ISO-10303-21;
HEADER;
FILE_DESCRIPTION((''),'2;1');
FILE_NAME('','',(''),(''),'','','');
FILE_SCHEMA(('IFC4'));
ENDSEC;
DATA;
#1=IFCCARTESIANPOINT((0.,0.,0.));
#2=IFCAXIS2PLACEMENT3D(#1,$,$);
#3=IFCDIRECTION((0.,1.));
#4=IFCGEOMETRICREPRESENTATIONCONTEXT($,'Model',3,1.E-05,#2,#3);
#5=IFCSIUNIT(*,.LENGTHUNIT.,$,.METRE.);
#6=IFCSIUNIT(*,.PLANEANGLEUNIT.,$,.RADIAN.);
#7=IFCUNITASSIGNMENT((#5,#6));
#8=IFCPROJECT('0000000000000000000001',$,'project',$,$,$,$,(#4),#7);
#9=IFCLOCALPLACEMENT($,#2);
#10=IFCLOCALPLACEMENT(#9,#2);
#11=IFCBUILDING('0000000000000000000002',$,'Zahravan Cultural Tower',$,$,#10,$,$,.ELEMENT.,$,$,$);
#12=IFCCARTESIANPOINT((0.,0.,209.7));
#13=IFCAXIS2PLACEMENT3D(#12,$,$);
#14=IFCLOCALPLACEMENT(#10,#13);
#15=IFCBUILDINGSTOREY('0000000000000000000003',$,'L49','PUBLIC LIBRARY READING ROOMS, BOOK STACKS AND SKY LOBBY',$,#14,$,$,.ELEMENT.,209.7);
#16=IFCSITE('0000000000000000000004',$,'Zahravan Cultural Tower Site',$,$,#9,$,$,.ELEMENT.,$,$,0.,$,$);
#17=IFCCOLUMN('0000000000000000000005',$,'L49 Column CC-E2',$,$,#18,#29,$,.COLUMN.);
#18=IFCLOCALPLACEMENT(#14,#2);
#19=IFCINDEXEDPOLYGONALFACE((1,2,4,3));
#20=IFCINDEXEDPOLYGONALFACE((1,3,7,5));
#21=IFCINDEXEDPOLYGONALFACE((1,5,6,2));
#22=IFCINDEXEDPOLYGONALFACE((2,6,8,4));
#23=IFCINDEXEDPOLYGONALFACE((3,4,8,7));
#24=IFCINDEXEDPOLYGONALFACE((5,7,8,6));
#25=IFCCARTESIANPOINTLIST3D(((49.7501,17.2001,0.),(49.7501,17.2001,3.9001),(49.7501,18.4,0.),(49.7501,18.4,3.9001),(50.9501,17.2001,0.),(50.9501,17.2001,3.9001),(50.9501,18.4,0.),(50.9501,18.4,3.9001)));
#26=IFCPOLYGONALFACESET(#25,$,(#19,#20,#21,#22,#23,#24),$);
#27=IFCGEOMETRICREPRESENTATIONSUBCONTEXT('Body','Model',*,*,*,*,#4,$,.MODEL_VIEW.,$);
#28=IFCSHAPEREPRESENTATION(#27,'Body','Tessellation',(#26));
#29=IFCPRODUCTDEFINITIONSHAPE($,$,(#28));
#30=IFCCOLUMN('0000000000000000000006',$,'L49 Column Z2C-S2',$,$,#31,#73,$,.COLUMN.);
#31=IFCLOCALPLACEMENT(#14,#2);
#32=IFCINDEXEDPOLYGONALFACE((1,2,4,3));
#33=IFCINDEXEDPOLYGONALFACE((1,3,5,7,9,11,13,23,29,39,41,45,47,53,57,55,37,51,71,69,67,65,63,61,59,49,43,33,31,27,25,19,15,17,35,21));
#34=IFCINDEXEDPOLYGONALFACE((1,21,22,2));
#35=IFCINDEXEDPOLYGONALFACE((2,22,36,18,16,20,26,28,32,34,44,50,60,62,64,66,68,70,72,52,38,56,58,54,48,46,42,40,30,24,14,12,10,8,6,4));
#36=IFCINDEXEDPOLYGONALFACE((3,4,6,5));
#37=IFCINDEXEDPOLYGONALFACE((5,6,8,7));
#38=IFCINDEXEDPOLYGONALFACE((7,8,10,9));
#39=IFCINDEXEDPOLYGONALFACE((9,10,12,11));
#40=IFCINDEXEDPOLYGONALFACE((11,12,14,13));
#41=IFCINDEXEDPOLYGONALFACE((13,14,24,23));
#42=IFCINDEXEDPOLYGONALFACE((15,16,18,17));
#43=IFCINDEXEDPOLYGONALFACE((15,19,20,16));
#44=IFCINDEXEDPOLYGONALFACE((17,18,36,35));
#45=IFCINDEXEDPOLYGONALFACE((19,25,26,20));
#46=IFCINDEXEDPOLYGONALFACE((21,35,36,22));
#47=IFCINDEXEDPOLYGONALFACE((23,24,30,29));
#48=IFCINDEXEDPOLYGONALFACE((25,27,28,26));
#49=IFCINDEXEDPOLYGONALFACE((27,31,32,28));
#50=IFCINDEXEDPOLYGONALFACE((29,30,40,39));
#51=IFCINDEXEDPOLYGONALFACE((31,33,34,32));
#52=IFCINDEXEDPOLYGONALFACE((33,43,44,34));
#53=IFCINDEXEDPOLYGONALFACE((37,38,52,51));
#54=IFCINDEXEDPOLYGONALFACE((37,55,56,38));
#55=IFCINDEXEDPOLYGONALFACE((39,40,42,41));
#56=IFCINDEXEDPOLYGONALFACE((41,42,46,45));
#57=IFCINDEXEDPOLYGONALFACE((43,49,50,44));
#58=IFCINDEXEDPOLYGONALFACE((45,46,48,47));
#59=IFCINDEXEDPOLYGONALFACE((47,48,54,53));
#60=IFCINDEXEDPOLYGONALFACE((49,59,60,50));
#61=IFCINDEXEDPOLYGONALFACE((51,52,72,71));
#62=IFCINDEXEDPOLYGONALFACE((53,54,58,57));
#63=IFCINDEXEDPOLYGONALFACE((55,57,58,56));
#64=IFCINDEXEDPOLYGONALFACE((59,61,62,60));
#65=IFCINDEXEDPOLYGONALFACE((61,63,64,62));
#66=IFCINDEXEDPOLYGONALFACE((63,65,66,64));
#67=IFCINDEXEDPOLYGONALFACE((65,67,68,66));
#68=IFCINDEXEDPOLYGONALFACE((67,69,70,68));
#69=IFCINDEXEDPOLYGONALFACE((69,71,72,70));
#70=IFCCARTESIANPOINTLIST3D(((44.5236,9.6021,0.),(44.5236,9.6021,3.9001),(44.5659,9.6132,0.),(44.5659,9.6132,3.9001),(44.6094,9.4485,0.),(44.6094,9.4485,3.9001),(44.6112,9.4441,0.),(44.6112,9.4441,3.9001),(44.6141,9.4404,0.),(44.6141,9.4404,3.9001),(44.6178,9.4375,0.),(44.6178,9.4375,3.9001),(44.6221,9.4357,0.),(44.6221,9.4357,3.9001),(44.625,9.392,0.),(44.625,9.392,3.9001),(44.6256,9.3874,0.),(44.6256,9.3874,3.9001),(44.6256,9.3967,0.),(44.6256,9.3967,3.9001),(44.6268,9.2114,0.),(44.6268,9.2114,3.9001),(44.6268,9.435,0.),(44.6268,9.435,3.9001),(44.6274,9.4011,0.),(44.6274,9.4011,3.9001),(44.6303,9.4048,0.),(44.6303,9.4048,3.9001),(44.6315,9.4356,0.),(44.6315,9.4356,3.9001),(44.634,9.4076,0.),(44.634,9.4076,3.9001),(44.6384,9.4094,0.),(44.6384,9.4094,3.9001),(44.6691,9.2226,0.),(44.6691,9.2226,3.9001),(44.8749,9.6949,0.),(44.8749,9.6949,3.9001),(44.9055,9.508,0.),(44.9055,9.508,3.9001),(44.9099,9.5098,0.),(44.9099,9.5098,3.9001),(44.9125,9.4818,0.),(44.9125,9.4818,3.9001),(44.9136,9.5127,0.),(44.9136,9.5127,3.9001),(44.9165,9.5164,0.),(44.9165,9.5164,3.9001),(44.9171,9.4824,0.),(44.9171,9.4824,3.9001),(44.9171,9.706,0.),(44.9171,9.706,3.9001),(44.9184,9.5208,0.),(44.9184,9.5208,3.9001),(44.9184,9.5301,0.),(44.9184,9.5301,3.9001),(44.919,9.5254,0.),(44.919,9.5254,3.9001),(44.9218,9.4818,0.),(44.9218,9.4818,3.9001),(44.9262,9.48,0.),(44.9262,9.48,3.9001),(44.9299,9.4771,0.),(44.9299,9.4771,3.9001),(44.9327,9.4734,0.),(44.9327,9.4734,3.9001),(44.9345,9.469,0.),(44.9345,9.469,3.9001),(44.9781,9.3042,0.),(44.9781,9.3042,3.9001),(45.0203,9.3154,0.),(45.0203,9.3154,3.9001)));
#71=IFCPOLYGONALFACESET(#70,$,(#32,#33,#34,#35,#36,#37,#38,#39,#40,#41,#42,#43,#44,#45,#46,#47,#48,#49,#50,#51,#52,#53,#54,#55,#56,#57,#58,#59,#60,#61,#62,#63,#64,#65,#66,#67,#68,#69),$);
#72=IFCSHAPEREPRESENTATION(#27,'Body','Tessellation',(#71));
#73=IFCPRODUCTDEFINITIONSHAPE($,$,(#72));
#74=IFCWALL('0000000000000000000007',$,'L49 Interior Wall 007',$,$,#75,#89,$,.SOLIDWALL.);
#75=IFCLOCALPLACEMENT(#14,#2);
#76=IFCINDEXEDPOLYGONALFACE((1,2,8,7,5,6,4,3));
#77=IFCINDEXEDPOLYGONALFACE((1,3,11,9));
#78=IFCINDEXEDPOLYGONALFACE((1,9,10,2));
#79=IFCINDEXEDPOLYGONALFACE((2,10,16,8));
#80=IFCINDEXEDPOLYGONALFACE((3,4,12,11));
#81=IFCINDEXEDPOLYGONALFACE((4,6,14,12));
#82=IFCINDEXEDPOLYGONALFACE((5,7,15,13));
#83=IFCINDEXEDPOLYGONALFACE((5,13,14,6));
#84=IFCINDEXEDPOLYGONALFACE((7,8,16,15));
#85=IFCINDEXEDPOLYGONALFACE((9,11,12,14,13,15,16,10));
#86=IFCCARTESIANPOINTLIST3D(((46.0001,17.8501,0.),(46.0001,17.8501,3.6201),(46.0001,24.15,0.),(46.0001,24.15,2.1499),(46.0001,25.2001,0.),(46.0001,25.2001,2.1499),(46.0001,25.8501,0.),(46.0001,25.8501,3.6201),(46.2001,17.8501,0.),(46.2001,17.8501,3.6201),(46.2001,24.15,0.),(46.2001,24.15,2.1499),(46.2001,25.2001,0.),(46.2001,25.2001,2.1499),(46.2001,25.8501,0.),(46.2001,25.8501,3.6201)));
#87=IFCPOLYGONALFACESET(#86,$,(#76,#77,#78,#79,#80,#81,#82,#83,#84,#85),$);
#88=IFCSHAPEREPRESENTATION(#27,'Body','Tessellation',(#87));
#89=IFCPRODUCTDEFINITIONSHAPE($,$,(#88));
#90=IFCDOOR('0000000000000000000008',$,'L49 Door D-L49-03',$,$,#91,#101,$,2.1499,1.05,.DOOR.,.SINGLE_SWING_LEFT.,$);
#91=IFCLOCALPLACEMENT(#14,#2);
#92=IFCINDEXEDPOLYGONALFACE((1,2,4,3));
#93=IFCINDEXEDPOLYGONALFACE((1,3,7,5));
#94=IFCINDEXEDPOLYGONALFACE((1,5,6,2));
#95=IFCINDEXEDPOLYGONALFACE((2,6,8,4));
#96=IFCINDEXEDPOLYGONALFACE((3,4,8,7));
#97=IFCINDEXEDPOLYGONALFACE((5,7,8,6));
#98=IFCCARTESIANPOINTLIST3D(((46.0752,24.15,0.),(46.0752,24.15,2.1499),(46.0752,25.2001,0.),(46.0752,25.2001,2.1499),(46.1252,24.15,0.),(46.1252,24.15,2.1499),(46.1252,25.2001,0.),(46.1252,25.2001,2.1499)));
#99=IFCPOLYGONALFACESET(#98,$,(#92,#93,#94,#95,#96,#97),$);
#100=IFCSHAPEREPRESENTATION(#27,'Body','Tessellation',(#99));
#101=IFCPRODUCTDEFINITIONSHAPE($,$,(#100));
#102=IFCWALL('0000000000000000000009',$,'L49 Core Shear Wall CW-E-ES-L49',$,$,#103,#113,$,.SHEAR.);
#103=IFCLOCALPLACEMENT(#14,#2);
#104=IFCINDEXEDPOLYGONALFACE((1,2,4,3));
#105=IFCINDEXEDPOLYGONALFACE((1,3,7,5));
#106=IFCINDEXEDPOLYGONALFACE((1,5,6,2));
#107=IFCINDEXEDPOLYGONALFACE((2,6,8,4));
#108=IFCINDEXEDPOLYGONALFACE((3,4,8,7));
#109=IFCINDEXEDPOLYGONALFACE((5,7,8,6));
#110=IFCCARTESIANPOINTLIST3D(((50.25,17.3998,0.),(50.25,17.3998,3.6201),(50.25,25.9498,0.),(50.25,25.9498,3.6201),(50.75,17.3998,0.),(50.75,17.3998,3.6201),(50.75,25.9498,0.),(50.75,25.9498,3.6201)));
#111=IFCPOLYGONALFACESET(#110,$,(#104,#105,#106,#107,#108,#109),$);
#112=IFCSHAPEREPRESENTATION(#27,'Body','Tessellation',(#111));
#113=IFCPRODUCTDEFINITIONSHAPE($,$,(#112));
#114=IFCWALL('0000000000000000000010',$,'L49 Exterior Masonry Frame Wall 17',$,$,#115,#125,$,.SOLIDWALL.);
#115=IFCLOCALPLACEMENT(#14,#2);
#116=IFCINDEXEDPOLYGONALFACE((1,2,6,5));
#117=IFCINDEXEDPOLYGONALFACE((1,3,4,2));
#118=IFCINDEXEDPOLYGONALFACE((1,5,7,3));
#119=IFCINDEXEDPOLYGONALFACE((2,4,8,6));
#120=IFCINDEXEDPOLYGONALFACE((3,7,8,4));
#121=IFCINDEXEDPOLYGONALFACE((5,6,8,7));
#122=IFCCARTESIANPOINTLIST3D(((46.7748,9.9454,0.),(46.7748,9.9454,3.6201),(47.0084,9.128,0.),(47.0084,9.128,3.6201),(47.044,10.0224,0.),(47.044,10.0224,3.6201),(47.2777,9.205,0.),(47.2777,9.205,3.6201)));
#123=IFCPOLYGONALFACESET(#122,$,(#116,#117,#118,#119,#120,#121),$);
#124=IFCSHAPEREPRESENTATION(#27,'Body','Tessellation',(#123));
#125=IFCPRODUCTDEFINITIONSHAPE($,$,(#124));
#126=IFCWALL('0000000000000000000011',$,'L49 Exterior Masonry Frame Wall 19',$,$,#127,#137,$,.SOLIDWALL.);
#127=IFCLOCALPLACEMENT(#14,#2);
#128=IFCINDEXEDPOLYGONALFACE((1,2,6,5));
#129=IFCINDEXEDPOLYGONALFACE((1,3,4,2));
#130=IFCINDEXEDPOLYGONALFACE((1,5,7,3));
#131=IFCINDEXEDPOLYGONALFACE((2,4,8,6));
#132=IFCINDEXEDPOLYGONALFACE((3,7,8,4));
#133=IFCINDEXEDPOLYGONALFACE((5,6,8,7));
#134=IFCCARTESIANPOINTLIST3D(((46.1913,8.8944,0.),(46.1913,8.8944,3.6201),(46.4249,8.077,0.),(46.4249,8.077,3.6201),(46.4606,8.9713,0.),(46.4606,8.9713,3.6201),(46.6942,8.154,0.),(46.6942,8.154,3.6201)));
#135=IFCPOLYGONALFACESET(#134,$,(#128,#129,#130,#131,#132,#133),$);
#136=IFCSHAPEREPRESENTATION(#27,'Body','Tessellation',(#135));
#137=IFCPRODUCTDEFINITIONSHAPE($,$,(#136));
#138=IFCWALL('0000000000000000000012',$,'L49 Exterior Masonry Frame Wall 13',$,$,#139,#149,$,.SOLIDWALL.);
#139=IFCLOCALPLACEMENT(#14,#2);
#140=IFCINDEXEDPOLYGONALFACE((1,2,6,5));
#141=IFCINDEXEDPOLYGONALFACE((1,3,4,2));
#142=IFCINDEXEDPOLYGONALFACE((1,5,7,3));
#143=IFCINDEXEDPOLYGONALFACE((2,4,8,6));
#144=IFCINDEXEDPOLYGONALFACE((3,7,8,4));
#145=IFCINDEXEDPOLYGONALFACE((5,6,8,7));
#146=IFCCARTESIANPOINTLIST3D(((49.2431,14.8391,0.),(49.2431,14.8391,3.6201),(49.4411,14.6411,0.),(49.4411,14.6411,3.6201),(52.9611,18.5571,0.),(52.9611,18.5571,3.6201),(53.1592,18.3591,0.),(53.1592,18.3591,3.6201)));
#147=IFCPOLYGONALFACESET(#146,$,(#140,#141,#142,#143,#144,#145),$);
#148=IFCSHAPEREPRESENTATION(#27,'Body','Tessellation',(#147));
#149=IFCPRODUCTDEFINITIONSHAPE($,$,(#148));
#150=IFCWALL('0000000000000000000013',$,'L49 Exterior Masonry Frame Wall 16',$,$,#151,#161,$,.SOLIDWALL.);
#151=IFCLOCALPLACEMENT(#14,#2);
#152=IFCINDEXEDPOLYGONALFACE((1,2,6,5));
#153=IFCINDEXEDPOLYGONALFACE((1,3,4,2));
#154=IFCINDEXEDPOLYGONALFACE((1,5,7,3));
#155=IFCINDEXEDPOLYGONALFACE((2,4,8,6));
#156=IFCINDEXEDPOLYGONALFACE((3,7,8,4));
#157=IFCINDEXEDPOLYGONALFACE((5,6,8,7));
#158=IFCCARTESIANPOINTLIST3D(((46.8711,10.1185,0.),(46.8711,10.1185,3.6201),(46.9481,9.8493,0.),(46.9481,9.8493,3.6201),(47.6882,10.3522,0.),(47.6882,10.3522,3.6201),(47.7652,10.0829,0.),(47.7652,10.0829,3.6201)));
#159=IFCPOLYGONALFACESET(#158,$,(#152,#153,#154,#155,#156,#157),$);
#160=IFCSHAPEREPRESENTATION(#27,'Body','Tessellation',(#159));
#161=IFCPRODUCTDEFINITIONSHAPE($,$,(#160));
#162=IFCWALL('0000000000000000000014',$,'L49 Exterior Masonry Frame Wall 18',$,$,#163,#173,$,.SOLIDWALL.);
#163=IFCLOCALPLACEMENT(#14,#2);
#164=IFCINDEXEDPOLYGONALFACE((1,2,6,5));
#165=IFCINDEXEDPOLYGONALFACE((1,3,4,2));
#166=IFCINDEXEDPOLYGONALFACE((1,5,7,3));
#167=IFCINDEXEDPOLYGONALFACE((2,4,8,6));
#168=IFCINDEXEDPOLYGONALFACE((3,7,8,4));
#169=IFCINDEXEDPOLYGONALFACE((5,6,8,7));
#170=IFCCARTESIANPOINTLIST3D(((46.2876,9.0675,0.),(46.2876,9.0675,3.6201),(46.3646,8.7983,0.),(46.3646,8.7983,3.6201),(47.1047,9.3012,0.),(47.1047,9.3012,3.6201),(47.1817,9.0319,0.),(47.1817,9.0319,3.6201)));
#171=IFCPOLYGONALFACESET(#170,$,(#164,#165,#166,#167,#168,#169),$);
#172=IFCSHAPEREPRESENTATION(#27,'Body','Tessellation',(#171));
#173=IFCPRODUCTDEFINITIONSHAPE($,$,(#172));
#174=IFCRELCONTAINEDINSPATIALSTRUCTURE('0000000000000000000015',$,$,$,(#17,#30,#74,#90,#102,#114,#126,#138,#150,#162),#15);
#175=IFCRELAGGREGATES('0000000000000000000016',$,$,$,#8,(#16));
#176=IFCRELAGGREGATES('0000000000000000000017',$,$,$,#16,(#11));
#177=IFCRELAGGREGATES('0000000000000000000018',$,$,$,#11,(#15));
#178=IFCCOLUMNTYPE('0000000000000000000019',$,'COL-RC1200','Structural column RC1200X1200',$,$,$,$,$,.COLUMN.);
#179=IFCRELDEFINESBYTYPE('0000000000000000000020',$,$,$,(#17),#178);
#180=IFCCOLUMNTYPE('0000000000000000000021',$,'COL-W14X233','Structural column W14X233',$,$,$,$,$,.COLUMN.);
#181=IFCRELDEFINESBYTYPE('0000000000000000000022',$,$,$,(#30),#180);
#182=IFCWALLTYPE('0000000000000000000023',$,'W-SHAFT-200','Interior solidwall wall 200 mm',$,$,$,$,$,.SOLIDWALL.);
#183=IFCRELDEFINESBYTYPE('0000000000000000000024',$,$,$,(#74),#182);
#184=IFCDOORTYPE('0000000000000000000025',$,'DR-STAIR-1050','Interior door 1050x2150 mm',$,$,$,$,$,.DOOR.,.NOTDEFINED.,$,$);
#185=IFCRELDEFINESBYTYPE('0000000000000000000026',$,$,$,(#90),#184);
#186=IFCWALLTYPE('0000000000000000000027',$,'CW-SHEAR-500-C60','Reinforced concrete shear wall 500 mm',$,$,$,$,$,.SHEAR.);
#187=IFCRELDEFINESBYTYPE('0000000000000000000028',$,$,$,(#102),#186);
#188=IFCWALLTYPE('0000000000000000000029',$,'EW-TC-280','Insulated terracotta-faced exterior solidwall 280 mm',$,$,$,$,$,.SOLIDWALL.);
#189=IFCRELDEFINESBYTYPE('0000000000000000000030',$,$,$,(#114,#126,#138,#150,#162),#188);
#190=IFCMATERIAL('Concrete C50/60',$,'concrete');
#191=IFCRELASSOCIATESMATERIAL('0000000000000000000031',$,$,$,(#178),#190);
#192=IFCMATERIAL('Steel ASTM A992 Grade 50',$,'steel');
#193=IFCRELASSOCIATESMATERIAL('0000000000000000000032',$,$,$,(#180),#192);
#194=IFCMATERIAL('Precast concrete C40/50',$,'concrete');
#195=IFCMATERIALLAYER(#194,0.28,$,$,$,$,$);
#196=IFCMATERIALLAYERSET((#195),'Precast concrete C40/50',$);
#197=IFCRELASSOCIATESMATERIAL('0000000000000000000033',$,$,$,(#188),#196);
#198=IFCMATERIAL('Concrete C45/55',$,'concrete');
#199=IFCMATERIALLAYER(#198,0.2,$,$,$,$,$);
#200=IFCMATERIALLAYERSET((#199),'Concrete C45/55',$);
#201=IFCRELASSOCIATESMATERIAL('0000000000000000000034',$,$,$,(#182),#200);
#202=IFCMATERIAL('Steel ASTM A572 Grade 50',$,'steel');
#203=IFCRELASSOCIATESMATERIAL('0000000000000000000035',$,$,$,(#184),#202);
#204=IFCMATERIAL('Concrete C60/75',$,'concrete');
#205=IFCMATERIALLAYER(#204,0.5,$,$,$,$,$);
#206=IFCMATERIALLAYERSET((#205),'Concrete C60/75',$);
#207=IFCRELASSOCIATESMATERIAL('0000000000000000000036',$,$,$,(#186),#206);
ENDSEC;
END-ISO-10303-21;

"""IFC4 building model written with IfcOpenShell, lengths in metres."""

from ifc_helpers import new_model, si_unit, direction, frame, frame_2d, origin, origin_2d, place, context, subcontext, project, spatial, rectangle, i_section, extrude, source, transform, mapped, material, layer, layer_set, material_profile, profile_set, type_object, element, fill, save


model = new_model("IFC4")

# Units and contexts
model_context = context("Model", 3, precision=1e-05, world=origin(), true_north=direction((0.0, 1.0)))
body_context = subcontext(model_context, "Body", "Model", "MODEL_VIEW")
ifc_project = project(units=[si_unit("LENGTHUNIT", "METRE"), si_unit("PLANEANGLEUNIT", "RADIAN")], contexts=[model_context])

# Site, building, storey
site_placement = place(None, origin())
site = spatial("IfcSite", under=ifc_project, at=site_placement, Name="Zahravan Cultural Tower Site", CompositionType="ELEMENT", RefElevation=0.0)
building_placement = place(site_placement, origin())
building = spatial("IfcBuilding", under=site, at=building_placement, Name="Zahravan Cultural Tower", CompositionType="ELEMENT")
storey_placement = place(building_placement, frame((0.0, 0.0, 209.7)))
storey = spatial("IfcBuildingStorey", under=building, at=storey_placement, Name="L49", Description="PUBLIC LIBRARY READING ROOMS, BOOK STACKS AND SKY LOBBY", CompositionType="ELEMENT", Elevation=209.7)

# Columns
ifc_material_1 = material(Name="Concrete C50/60", Category="concrete")
ifc_material_profile_1 = material_profile(ifc_material_1, rectangle(XDim=1.2, YDim=1.2, at=origin_2d()), Name="RC1200X1200")
ifc_profile_set_1 = profile_set([ifc_material_profile_1], Name="Concrete C50/60")
column_type_1 = type_object("IfcColumnType", Name="COL-RC1200", Description="Structural column RC1200X1200", PredefinedType="COLUMN", material=ifc_profile_set_1)
shared_shape_1 = source(origin(), body_context, "Body", "SweptSolid", [
    extrude(rectangle(XDim=1.2, YDim=1.2, at=origin_2d()), origin(), (0.0, 0.0, 1.0), 3.9001),
])
column_1_placement = place(storey_placement, frame((50.3501, 17.8, 0.0), z_axis=(0.0, 0.0, 1.0), x_axis=(1.0, 0.0, 0.0)))
element("IfcColumn", 1, at=column_1_placement, inside=storey, type_object=column_type_1, Name="L49 Column CC-E2", PredefinedType="COLUMN", context=body_context, shape_type="MappedRepresentation", body=[
    mapped(shared_shape_1, transform((0.0, 0.0, 0.0), x_axis=(1.0, 0.0, 0.0), y_axis=(0.0, 1.0, 0.0), z_axis=(0.0, 0.0, 1.0), scale=1.0)),
])
ifc_material_2 = material(Name="Steel ASTM A992 Grade 50", Category="steel")
ifc_material_profile_2 = material_profile(ifc_material_2, i_section(OverallWidth=0.4041, OverallDepth=0.407, WebThickness=0.0271, FlangeThickness=0.0437, FilletRadius=0.0181, at=origin_2d()), Name="W14X233")
ifc_profile_set_2 = profile_set([ifc_material_profile_2], Name="Steel ASTM A992 Grade 50")
column_type_2 = type_object("IfcColumnType", Name="COL-W14X233", Description="Structural column W14X233", PredefinedType="COLUMN", material=ifc_profile_set_2)
shared_shape_2 = source(origin(), body_context, "Body", "SweptSolid", [
    extrude(i_section(OverallWidth=0.4041, OverallDepth=0.407, WebThickness=0.0271, FlangeThickness=0.0437, FilletRadius=0.0181, at=origin_2d()), origin(), (0.0, 0.0, 1.0), 3.9001),
])
column_2_placement = place(storey_placement, frame((44.772, 9.4587, 0.0), z_axis=(0.0, 0.0, 1.0), x_axis=(-0.255446, 0.966823, 0.0)))
element("IfcColumn", 2, at=column_2_placement, inside=storey, type_object=column_type_2, Name="L49 Column Z2C-S2", PredefinedType="COLUMN", context=body_context, shape_type="MappedRepresentation", body=[
    mapped(shared_shape_2, transform((0.0, 0.0, 0.0), x_axis=(1.0, 0.0, 0.0), y_axis=(0.0, 1.0, 0.0), z_axis=(0.0, 0.0, 1.0), scale=1.0)),
])

# Wall, opening, door
ifc_material_3 = material(Name="Precast concrete C40/50", Category="concrete")
ifc_layer_1 = layer(ifc_material_3, 0.28)
ifc_layer_set_1 = layer_set([ifc_layer_1], Name="Precast concrete C40/50")
wall_type_1 = type_object("IfcWallType", Name="EW-TC-280", Description="Insulated terracotta-faced exterior solidwall 280 mm", PredefinedType="SOLIDWALL", material=ifc_layer_set_1)
shared_shape_3 = source(origin(), body_context, "Body", "SweptSolid", [
    extrude(rectangle(XDim=1.05, YDim=2.1499, at=frame_2d((0.5249, 1.075))), frame((0.0, 0.0249, 0.0), z_axis=(0.0, -1.0, 0.0), x_axis=(1.0, 0.0, 0.0)), (0.0, 0.0, 1.0), 0.05),
])
ifc_material_4 = material(Name="Concrete C45/55", Category="concrete")
ifc_layer_2 = layer(ifc_material_4, 0.2)
ifc_layer_set_2 = layer_set([ifc_layer_2], Name="Concrete C45/55")
wall_type_2 = type_object("IfcWallType", Name="W-SHAFT-200", Description="Interior solidwall wall 200 mm", PredefinedType="SOLIDWALL", material=ifc_layer_set_2)
wall_1_placement = place(storey_placement, frame((46.1001, 17.8501, 0.0), z_axis=(0.0, 0.0, 1.0), x_axis=(0.0, 1.0, 0.0)))
wall_1 = element("IfcWall", 3, at=wall_1_placement, inside=storey, type_object=wall_type_2, Name="L49 Interior Wall 007", PredefinedType="SOLIDWALL", context=body_context, shape_type="SweptSolid", body=[
    extrude(rectangle(XDim=8.0, YDim=0.2, at=frame_2d((4.0, 0.0))), origin(), (0.0, 0.0, 1.0), 3.6201),
])
opening_1_placement = place(wall_1_placement, frame((6.3, 0.0, 0.0)))
opening_1 = element("IfcOpeningElement", 4, at=opening_1_placement, cuts=wall_1, PredefinedType="OPENING", context=body_context, shape_type="SweptSolid", body=[
    extrude(rectangle(XDim=1.05, YDim=2.1499, at=frame_2d((0.5249, 1.075))), frame((0.0, 0.1099, 0.0), z_axis=(0.0, -1.0, 0.0), x_axis=(1.0, 0.0, 0.0)), (0.0, 0.0, 1.0), 0.22),
])
ifc_material_5 = material(Name="Steel ASTM A572 Grade 50", Category="steel")
door_type_1 = type_object("IfcDoorType", Name="DR-STAIR-1050", Description="Interior door 1050x2150 mm", OperationType="NOTDEFINED", PredefinedType="DOOR", material=ifc_material_5)
door_1_placement = place(opening_1_placement, origin())
door_1 = element("IfcDoor", 5, at=door_1_placement, inside=storey, type_object=door_type_1, Name="L49 Door D-L49-03", OperationType="SINGLE_SWING_LEFT", OverallHeight=2.1499, OverallWidth=1.05, PredefinedType="DOOR", context=body_context, shape_type="MappedRepresentation", body=[
    mapped(shared_shape_3, transform((0.0, 0.0, 0.0), x_axis=(1.0, 0.0, 0.0), y_axis=(0.0, 1.0, 0.0), z_axis=(0.0, 0.0, 1.0), scale=1.0)),
])
fill(opening_1, door_1)

# Walls
ifc_material_6 = material(Name="Concrete C60/75", Category="concrete")
ifc_layer_3 = layer(ifc_material_6, 0.5)
ifc_layer_set_3 = layer_set([ifc_layer_3], Name="Concrete C60/75")
wall_type_3 = type_object("IfcWallType", Name="CW-SHEAR-500-C60", Description="Reinforced concrete shear wall 500 mm", PredefinedType="SHEAR", material=ifc_layer_set_3)
shared_shape_4 = source(origin(), body_context, "Body", "SweptSolid", [
    extrude(rectangle(XDim=8.55, YDim=0.5, at=frame_2d((4.2749, 0.0))), origin(), (0.0, 0.0, 1.0), 3.6201),
])
wall_2_placement = place(storey_placement, frame((50.5, 17.3999, 0.0), z_axis=(0.0, 0.0, 1.0), x_axis=(0.0, 1.0, 0.0)))
element("IfcWall", 6, at=wall_2_placement, inside=storey, type_object=wall_type_3, Name="L49 Core Shear Wall CW-E-ES-L49", PredefinedType="SHEAR", context=body_context, shape_type="MappedRepresentation", body=[
    mapped(shared_shape_4, transform((0.0, 0.0, 0.0), x_axis=(1.0, 0.0, 0.0), y_axis=(0.0, 1.0, 0.0), z_axis=(0.0, 0.0, 1.0), scale=1.0)),
])
shared_shape_5 = source(origin(), body_context, "Body", "SweptSolid", [
    extrude(rectangle(XDim=0.8501, YDim=0.28, at=frame_2d((0.425, 0.0))), origin(), (0.0, 0.0, 1.0), 3.6201),
])
for number, where, z_axis, x_axis, name in (
    (7, (46.9094, 9.9839, 0.0), (0.0, 0.0, 1.0), (0.274835, -0.961491, 0.0), "L49 Exterior Masonry Frame Wall 17"),
    (8, (46.3259, 8.9329, 0.0), (0.0, 0.0, 1.0), (0.274835, -0.961491, 0.0), "L49 Exterior Masonry Frame Wall 19"),
):
    element("IfcWall", number, at=place(storey_placement, frame(where, z_axis=z_axis, x_axis=x_axis)), inside=storey, type_object=wall_type_1, Name=name, PredefinedType="SOLIDWALL", context=body_context, shape_type="MappedRepresentation", body=[
        mapped(shared_shape_5, transform((0.0, 0.0, 0.0), x_axis=(1.0, 0.0, 0.0), y_axis=(0.0, 1.0, 0.0), z_axis=(0.0, 0.0, 1.0), scale=1.0)),
    ])
shared_shape_6 = source(origin(), body_context, "Body", "SweptSolid", [
    extrude(rectangle(XDim=5.2581, YDim=0.28, at=frame_2d((2.6289, 0.0))), origin(), (0.0, 0.0, 1.0), 3.6201),
])
wall_3_placement = place(storey_placement, frame((53.0601, 18.458, 0.0), z_axis=(0.0, 0.0, 1.0), x_axis=(-0.707107, -0.707107, 0.0)))
element("IfcWall", 9, at=wall_3_placement, inside=storey, type_object=wall_type_1, Name="L49 Exterior Masonry Frame Wall 13", PredefinedType="SOLIDWALL", context=body_context, shape_type="MappedRepresentation", body=[
    mapped(shared_shape_6, transform((0.0, 0.0, 0.0), x_axis=(1.0, 0.0, 0.0), y_axis=(0.0, 1.0, 0.0), z_axis=(0.0, 0.0, 1.0), scale=1.0)),
])
shared_shape_7 = source(origin(), body_context, "Body", "SweptSolid", [
    extrude(rectangle(XDim=0.8499, YDim=0.28, at=frame_2d((0.4248, 0.0))), origin(), (0.0, 0.0, 1.0), 3.6201),
])
for number, where, z_axis, x_axis, name in (
    (10, (47.7266, 10.2175, 0.0), (0.0, 0.0, 1.0), (-0.96147, -0.274911, 0.0), "L49 Exterior Masonry Frame Wall 16"),
    (11, (47.1431, 9.1665, 0.0), (0.0, 0.0, 1.0), (-0.96147, -0.274911, 0.0), "L49 Exterior Masonry Frame Wall 18"),
):
    element("IfcWall", number, at=place(storey_placement, frame(where, z_axis=z_axis, x_axis=x_axis)), inside=storey, type_object=wall_type_1, Name=name, PredefinedType="SOLIDWALL", context=body_context, shape_type="MappedRepresentation", body=[
        mapped(shared_shape_7, transform((0.0, 0.0, 0.0), x_axis=(1.0, 0.0, 0.0), y_axis=(0.0, 1.0, 0.0), z_axis=(0.0, 0.0, 1.0), scale=1.0)),
    ])

save(model, "model.ifc")
